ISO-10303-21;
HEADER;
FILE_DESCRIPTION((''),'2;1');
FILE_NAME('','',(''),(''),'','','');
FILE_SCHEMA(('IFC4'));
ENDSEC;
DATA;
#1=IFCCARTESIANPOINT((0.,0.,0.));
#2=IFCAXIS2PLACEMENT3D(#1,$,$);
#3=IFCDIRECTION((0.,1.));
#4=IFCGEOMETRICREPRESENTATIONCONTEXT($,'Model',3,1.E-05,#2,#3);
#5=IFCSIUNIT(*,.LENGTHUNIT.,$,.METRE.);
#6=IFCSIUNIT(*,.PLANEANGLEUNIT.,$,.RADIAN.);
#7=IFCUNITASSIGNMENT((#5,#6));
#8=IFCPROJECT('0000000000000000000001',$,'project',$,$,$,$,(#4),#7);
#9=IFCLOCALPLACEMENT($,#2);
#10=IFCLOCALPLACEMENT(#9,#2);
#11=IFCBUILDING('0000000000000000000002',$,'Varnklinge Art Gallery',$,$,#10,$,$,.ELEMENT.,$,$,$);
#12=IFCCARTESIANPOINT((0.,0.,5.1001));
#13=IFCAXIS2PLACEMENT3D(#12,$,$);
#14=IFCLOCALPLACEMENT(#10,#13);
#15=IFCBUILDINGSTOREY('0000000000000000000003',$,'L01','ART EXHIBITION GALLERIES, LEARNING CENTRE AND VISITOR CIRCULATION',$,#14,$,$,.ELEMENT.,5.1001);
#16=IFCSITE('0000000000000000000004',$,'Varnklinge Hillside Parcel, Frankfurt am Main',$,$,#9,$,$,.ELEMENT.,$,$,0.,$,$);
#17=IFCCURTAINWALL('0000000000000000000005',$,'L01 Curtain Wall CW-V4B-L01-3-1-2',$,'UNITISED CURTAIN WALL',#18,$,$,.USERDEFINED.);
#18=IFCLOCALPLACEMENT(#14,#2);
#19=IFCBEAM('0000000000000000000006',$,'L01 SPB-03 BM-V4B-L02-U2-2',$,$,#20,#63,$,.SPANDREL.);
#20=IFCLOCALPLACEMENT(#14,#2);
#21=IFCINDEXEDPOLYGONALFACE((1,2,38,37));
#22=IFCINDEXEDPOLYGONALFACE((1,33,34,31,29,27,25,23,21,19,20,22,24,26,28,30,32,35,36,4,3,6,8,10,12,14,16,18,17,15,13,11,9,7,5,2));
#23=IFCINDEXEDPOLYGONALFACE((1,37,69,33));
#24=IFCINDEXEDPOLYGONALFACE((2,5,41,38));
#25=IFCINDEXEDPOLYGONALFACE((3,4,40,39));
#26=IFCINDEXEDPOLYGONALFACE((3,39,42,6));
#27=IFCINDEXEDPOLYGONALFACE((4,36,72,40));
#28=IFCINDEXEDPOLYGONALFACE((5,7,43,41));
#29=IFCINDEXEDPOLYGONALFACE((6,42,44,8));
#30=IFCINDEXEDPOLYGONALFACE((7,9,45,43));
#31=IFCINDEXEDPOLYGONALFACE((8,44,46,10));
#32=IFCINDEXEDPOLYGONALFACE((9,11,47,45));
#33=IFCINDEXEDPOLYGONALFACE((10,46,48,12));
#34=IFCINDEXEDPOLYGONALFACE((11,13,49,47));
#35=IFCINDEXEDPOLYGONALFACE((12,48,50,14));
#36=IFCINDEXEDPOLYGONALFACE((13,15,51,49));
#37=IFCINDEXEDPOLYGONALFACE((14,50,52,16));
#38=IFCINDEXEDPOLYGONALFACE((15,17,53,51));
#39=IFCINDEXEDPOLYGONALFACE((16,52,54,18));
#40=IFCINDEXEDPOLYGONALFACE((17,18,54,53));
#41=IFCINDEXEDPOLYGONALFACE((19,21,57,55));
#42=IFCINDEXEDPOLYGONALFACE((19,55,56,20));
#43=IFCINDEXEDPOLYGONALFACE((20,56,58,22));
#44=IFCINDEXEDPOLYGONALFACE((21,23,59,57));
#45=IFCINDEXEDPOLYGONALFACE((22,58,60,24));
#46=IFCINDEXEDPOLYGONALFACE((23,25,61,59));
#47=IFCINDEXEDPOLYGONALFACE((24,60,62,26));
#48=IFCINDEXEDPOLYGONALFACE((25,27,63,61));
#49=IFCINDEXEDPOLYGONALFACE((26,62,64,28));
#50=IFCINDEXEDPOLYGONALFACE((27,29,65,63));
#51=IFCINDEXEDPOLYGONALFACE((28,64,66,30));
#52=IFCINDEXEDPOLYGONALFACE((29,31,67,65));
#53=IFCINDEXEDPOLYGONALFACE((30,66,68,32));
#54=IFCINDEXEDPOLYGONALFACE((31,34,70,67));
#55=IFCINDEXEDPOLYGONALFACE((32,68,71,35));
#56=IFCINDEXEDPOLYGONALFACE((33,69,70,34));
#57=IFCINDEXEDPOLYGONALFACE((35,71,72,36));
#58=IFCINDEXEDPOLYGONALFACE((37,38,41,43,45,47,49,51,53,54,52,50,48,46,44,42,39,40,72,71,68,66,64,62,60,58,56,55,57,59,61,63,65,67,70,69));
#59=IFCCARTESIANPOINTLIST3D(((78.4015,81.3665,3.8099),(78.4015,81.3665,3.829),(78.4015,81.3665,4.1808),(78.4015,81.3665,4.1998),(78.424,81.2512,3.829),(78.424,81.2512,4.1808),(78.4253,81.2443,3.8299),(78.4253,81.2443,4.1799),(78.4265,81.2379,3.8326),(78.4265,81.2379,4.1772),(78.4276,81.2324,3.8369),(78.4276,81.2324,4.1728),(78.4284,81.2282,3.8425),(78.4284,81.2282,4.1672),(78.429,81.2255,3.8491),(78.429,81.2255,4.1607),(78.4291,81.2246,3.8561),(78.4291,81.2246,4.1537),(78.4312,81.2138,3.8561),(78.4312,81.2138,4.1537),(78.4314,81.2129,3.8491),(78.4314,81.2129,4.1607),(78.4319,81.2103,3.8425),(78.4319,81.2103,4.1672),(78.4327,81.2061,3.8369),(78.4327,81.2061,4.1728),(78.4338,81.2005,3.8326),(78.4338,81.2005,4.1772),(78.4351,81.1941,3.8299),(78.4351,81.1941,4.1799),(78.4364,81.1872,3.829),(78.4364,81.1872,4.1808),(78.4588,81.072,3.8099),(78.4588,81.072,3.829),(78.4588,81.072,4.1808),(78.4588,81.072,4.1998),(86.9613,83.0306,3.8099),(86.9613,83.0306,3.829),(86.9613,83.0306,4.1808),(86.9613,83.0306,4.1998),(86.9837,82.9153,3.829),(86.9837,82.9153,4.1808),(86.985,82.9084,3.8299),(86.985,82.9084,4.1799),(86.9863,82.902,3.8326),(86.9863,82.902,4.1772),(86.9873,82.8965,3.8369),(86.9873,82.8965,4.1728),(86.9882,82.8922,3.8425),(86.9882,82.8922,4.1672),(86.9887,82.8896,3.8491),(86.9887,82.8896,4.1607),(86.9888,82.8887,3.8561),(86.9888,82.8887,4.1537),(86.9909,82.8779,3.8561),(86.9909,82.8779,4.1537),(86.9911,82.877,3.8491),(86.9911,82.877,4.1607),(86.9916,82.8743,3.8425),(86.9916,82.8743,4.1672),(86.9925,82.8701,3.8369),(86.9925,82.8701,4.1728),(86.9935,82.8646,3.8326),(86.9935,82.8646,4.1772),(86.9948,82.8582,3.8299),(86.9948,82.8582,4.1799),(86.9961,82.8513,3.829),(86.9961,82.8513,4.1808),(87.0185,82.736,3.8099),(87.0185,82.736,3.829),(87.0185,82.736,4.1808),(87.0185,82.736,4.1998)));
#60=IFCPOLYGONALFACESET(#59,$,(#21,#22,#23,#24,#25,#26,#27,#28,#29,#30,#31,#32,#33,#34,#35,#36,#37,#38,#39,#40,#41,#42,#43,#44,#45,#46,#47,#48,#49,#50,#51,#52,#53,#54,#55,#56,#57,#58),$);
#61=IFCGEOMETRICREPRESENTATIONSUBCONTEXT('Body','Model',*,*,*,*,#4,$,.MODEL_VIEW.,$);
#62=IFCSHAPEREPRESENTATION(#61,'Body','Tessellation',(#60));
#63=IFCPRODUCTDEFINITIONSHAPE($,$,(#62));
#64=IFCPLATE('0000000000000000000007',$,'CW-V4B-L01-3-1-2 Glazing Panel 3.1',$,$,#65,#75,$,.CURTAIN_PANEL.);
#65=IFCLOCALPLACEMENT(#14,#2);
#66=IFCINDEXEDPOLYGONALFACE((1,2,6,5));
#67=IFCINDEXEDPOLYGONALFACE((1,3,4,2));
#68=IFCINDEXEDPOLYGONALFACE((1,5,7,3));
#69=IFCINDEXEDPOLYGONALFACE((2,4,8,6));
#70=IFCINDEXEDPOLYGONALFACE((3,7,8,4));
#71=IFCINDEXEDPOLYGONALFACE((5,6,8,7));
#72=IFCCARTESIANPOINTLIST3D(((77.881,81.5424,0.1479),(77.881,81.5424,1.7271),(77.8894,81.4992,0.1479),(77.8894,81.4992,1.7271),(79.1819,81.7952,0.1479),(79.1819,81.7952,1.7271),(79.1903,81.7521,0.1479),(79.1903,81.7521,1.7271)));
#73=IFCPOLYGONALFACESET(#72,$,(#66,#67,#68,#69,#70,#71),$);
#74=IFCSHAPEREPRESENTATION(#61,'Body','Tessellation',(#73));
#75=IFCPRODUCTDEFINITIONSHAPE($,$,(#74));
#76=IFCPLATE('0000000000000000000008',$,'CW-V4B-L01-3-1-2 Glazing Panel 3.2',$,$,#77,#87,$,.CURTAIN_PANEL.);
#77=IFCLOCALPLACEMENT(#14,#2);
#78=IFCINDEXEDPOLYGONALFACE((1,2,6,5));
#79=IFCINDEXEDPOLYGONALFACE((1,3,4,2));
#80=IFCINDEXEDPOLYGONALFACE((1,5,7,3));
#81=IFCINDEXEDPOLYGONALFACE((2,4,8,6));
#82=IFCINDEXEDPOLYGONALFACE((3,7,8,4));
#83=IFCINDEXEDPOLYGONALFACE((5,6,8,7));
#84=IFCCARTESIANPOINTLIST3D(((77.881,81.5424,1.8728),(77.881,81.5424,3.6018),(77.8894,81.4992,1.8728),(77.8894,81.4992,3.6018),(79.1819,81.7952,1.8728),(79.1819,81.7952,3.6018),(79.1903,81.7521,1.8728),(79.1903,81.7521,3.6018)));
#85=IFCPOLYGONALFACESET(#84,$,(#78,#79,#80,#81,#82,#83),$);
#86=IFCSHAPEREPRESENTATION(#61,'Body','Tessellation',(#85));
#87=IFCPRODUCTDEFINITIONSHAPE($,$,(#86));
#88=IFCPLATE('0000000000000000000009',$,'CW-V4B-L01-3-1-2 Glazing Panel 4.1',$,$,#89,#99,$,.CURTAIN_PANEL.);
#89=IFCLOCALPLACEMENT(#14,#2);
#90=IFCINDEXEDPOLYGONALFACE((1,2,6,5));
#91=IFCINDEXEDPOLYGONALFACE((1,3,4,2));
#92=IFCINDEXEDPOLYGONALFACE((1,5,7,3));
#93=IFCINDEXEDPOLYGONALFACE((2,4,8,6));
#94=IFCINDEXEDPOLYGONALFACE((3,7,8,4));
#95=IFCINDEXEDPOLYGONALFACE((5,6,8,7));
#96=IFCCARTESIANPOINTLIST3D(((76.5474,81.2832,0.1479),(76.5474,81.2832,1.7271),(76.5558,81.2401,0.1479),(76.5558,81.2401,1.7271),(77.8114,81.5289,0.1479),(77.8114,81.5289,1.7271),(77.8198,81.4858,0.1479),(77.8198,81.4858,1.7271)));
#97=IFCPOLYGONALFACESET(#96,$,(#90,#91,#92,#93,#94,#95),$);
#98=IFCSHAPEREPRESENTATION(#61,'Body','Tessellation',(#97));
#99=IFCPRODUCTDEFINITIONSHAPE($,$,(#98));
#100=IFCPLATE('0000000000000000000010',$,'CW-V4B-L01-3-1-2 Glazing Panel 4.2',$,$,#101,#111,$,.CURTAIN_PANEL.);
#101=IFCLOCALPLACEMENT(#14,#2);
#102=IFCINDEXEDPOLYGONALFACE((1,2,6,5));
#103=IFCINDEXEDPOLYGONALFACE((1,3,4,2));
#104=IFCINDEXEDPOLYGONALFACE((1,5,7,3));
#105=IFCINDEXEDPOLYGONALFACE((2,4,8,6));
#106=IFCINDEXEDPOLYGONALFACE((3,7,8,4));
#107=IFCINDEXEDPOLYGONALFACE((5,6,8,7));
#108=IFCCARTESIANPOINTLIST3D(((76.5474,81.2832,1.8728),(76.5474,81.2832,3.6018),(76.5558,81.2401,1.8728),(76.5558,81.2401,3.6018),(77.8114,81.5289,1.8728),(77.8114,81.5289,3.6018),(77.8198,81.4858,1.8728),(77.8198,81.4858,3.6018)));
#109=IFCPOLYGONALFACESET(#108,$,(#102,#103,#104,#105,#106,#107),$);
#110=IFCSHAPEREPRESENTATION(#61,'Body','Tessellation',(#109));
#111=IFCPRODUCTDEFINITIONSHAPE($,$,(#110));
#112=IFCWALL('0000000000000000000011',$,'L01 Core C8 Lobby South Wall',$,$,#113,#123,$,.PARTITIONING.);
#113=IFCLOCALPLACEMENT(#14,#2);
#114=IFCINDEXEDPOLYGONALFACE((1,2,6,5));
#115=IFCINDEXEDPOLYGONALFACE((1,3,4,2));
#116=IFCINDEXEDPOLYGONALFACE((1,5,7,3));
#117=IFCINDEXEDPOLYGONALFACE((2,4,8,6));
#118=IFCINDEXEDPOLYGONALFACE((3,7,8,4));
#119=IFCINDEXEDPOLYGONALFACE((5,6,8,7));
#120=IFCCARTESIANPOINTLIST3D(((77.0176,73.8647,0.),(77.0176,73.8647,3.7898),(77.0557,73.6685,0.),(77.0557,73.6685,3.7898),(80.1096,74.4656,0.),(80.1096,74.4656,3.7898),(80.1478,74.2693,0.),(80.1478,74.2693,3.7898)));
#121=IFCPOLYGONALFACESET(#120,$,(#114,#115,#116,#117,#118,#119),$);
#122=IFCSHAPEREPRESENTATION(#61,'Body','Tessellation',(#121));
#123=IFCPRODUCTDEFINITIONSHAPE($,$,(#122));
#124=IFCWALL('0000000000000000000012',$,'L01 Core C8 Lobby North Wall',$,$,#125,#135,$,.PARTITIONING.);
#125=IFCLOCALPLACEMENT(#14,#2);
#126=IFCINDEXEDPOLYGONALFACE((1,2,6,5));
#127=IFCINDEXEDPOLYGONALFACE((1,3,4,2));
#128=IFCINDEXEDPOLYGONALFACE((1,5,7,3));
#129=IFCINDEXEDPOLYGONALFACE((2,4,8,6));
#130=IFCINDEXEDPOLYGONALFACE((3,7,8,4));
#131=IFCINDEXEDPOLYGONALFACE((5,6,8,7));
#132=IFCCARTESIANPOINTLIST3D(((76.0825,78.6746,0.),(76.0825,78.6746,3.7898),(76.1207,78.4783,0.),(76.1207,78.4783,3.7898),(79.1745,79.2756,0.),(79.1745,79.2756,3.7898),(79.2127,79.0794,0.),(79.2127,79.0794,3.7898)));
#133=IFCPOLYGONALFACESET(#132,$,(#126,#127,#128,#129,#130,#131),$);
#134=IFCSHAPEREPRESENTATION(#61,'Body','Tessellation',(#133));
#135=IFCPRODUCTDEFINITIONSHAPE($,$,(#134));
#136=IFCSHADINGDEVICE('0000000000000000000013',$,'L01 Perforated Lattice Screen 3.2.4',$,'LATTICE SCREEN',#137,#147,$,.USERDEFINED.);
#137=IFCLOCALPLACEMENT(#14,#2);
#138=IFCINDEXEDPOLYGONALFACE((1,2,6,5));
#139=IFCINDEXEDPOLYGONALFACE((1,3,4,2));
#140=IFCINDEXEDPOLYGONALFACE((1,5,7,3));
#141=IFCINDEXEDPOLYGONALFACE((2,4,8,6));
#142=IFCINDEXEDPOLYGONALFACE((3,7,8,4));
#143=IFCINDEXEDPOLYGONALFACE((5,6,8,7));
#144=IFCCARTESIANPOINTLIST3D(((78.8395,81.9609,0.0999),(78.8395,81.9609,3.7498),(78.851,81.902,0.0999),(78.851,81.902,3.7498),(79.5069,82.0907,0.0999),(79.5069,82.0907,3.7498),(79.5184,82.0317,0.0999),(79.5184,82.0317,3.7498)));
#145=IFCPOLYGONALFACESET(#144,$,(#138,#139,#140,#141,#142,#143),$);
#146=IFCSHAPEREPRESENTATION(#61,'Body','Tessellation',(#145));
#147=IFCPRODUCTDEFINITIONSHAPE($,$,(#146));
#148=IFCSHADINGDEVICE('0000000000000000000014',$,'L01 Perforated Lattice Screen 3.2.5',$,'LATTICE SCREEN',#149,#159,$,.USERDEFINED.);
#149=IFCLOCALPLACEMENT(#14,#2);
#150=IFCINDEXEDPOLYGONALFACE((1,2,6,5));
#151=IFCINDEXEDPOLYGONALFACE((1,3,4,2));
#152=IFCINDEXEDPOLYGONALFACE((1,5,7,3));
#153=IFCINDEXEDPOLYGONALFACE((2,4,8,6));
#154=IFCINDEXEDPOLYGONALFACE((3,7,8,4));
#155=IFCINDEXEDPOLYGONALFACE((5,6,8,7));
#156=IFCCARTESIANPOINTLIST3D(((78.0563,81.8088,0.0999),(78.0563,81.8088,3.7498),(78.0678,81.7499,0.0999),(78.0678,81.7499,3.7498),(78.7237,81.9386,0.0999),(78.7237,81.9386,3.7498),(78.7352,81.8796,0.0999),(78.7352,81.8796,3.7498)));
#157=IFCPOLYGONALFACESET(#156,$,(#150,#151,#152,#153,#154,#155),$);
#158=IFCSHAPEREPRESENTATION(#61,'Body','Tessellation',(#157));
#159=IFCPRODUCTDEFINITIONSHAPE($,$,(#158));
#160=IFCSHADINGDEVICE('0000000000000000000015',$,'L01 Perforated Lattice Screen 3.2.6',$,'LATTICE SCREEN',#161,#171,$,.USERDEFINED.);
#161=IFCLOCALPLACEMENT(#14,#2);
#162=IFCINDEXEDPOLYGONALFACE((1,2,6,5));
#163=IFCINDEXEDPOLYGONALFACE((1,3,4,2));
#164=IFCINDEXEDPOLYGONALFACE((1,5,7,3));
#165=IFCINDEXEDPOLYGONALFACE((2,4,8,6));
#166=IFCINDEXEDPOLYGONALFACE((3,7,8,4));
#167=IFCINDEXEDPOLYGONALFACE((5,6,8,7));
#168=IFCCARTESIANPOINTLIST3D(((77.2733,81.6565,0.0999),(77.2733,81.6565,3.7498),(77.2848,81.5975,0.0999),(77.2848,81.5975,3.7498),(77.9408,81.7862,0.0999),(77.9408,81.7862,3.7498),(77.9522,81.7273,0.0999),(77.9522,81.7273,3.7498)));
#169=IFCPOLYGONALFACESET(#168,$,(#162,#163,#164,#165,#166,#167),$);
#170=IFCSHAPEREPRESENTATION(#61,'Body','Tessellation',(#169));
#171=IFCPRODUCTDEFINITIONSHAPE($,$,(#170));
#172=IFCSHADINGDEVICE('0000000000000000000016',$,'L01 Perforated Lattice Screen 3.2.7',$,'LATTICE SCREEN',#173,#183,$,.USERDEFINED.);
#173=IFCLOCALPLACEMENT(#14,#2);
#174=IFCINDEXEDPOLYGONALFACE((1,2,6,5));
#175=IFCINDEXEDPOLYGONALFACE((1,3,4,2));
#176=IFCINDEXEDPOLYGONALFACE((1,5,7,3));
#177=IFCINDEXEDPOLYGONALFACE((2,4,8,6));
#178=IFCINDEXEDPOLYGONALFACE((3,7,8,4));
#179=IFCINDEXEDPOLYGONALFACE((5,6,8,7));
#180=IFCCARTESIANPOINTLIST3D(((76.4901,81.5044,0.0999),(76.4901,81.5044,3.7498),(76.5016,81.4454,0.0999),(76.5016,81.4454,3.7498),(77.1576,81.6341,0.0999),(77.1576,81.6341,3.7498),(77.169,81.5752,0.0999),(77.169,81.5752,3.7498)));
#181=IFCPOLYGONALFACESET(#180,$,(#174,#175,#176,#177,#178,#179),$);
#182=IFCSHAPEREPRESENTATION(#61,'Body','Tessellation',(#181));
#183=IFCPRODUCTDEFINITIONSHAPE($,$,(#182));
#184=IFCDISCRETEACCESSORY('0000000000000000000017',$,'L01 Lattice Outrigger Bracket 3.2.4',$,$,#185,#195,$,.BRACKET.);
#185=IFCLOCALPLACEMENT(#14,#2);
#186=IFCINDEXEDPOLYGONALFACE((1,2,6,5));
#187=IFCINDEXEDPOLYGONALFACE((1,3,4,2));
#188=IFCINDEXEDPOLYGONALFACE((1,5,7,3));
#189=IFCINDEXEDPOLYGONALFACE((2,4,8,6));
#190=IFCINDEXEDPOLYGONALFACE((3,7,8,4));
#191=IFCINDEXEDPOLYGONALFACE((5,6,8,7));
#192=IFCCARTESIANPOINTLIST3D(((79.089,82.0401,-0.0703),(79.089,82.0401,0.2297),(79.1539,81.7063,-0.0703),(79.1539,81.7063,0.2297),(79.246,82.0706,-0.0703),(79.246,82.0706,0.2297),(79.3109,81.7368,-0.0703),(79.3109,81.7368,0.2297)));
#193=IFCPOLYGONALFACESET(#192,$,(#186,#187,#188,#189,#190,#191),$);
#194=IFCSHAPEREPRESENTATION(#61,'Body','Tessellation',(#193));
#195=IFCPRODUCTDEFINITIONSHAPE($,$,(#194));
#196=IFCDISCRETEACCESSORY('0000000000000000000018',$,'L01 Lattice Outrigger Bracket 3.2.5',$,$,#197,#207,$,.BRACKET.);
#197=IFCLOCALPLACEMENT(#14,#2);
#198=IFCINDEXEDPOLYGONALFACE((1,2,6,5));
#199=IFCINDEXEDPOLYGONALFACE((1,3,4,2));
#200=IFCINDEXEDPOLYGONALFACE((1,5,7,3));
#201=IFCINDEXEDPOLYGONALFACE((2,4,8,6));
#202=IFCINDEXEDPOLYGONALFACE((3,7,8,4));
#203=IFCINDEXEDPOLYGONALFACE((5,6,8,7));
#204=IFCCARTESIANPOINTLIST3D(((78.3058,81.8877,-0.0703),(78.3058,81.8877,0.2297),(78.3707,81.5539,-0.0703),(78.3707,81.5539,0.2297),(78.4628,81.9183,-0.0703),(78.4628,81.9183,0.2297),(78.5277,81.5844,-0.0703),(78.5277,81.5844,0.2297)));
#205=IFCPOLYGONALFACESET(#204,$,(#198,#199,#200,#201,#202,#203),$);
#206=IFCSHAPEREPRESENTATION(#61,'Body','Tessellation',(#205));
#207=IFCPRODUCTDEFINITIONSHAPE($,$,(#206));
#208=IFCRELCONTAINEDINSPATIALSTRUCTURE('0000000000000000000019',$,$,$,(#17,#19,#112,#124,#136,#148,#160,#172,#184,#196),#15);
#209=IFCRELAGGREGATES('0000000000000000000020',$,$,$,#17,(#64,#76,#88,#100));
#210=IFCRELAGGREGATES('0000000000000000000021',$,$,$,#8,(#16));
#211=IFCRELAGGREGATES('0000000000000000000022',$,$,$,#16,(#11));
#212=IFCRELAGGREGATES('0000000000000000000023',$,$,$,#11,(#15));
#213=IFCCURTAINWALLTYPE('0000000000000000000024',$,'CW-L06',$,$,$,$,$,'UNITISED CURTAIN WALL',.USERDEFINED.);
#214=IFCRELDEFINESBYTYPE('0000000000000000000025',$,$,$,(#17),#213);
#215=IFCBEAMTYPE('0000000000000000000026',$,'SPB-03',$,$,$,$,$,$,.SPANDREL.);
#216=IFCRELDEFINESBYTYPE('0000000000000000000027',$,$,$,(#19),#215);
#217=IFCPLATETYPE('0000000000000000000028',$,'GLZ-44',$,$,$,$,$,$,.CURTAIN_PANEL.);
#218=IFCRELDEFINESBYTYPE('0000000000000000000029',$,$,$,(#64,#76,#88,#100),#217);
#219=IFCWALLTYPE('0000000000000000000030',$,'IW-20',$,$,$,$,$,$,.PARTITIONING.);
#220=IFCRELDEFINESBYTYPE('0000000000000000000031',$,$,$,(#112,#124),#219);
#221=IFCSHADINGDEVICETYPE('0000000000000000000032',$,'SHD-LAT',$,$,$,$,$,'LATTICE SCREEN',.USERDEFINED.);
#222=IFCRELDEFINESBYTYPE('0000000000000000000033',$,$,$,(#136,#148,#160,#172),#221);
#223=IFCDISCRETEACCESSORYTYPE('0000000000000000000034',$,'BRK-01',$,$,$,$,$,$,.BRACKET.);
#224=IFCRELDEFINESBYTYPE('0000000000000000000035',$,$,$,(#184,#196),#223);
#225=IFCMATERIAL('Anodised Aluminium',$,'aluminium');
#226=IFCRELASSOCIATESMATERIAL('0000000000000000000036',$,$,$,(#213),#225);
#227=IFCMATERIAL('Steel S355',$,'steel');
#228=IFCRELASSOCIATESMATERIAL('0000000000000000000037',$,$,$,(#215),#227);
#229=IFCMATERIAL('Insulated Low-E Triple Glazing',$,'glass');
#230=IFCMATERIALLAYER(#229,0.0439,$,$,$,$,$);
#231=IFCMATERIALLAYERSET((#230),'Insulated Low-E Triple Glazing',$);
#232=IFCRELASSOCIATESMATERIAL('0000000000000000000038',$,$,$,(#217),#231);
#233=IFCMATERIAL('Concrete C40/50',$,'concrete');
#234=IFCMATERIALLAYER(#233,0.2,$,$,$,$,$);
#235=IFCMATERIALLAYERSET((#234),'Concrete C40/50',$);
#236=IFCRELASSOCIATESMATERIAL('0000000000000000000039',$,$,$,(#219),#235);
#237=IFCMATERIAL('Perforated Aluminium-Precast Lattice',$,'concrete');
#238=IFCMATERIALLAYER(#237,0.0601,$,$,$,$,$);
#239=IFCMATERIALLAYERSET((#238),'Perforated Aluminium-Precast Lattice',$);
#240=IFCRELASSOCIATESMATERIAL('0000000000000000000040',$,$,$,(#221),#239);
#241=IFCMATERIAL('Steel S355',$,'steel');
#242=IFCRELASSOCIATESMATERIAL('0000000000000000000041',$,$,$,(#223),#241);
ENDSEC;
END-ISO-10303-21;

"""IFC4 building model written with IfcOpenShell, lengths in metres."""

from ifc_helpers import new_model, si_unit, direction, frame, frame_2d, origin, origin_2d, place, context, subcontext, project, spatial, rectangle, i_section, extrude, material, layer, layer_set, material_profile, profile_set, type_object, element, aggregate, save


model = new_model("IFC4")

# Units and contexts
model_context = context("Model", 3, precision=1e-05, world=origin(), true_north=direction((0.0, 1.0)))
body_context = subcontext(model_context, "Body", "Model", "MODEL_VIEW")
ifc_project = project(units=[si_unit("LENGTHUNIT", "METRE"), si_unit("PLANEANGLEUNIT", "RADIAN")], contexts=[model_context])

# Site, building, storey
site_placement = place(None, origin())
site = spatial("IfcSite", under=ifc_project, at=site_placement, Name="Varnklinge Hillside Parcel, Frankfurt am Main", CompositionType="ELEMENT", RefElevation=0.0)
building_placement = place(site_placement, origin())
building = spatial("IfcBuilding", under=site, at=building_placement, Name="Varnklinge Art Gallery", CompositionType="ELEMENT")
storey_placement = place(building_placement, frame((0.0, 0.0, 5.1001)))
storey = spatial("IfcBuildingStorey", under=building, at=storey_placement, Name="L01", Description="ART EXHIBITION GALLERIES, LEARNING CENTRE AND VISITOR CIRCULATION", CompositionType="ELEMENT", Elevation=5.1001)

# Curtain wall
ifc_material_1 = material(Name="Anodised Aluminium", Category="aluminium")
curtain_wall_type = type_object("IfcCurtainWallType", Name="CW-L06", ElementType="UNITISED CURTAIN WALL", PredefinedType="USERDEFINED", material=ifc_material_1)
curtain_wall_placement = place(storey_placement, origin())
curtain_wall = element("IfcCurtainWall", 1, at=curtain_wall_placement, inside=storey, type_object=curtain_wall_type, Name="L01 Curtain Wall CW-V4B-L01-3-1-2", ObjectType="UNITISED CURTAIN WALL", PredefinedType="USERDEFINED")

# Beam
ifc_material_2 = material(Name="Steel S355", Category="steel")
ifc_material_profile_1 = material_profile(ifc_material_2, i_section(OverallWidth=0.3, OverallDepth=0.3899, WebThickness=0.011, FlangeThickness=0.019, FilletRadius=0.0271, at=origin_2d()), Name="HEA 400")
ifc_profile_set_1 = profile_set([ifc_material_profile_1], Name="Steel S355")
beam_type_1 = type_object("IfcBeamType", Name="SPB-03", PredefinedType="SPANDREL", material=ifc_profile_set_1)
beam_1_placement = place(storey_placement, frame((78.4302, 81.2192, 4.0049), z_axis=(0.981623, 0.190831, 0.0), x_axis=(-0.190831, 0.981623, 0.0)))
element("IfcBeam", 2, at=beam_1_placement, inside=storey, type_object=beam_type_1, Name="L01 SPB-03 BM-V4B-L02-U2-2", PredefinedType="SPANDREL", context=body_context, shape_type="SweptSolid", body=[
    extrude(i_section(OverallWidth=0.3, OverallDepth=0.3899, WebThickness=0.011, FlangeThickness=0.019, FilletRadius=0.0271, at=origin_2d()), origin(), (0.0, 0.0, 1.0), 8.72),
])

# Plates
ifc_material_3 = material(Name="Insulated Low-E Triple Glazing", Category="glass")
ifc_layer_1 = layer(ifc_material_3, 0.0439)
ifc_layer_set_1 = layer_set([ifc_layer_1], Name="Insulated Low-E Triple Glazing")
plate_type = type_object("IfcPlateType", Name="GLZ-44", PredefinedType="CURTAIN_PANEL", material=ifc_layer_set_1)
plate_1_placement = place(storey_placement, frame((78.5356, 81.6472, 0.1479), z_axis=(0.0, 0.0, 1.0), x_axis=(-0.981627, -0.190809, 0.0)))
plate_1 = element("IfcPlate", 3, at=plate_1_placement, type_object=plate_type, Name="CW-V4B-L01-3-1-2 Glazing Panel 3.1", PredefinedType="CURTAIN_PANEL", context=body_context, shape_type="SweptSolid", body=[
    extrude(rectangle(XDim=1.3252, YDim=0.0439, at=origin_2d()), origin(), (0.0, 0.0, 1.0), 1.5791),
])
plate_2_placement = place(storey_placement, frame((78.5356, 81.6472, 1.8728), z_axis=(0.0, 0.0, 1.0), x_axis=(-0.981627, -0.190809, 0.0)))
plate_2 = element("IfcPlate", 4, at=plate_2_placement, type_object=plate_type, Name="CW-V4B-L01-3-1-2 Glazing Panel 3.2", PredefinedType="CURTAIN_PANEL", context=body_context, shape_type="SweptSolid", body=[
    extrude(rectangle(XDim=1.3252, YDim=0.0439, at=origin_2d()), origin(), (0.0, 0.0, 1.0), 1.729),
])
plate_3_placement = place(storey_placement, frame((77.1836, 81.3845, 0.1479), z_axis=(0.0, 0.0, 1.0), x_axis=(-0.981627, -0.190809, 0.0)))
plate_3 = element("IfcPlate", 5, at=plate_3_placement, type_object=plate_type, Name="CW-V4B-L01-3-1-2 Glazing Panel 4.1", PredefinedType="CURTAIN_PANEL", context=body_context, shape_type="SweptSolid", body=[
    extrude(rectangle(XDim=1.2876, YDim=0.0439, at=origin_2d()), origin(), (0.0, 0.0, 1.0), 1.5791),
])
plate_4_placement = place(storey_placement, frame((77.1836, 81.3845, 1.8728), z_axis=(0.0, 0.0, 1.0), x_axis=(-0.981627, -0.190809, 0.0)))
plate_4 = element("IfcPlate", 6, at=plate_4_placement, type_object=plate_type, Name="CW-V4B-L01-3-1-2 Glazing Panel 4.2", PredefinedType="CURTAIN_PANEL", context=body_context, shape_type="SweptSolid", body=[
    extrude(rectangle(XDim=1.2876, YDim=0.0439, at=origin_2d()), origin(), (0.0, 0.0, 1.0), 1.729),
])
aggregate(curtain_wall, [plate_1, plate_2, plate_3, plate_4])

# Walls
ifc_material_4 = material(Name="Concrete C40/50", Category="concrete")
ifc_layer_2 = layer(ifc_material_4, 0.2)
ifc_layer_set_2 = layer_set([ifc_layer_2], Name="Concrete C40/50")
wall_type_1 = type_object("IfcWallType", Name="IW-20", PredefinedType="PARTITIONING", material=ifc_layer_set_2)
for number, where, z_axis, x_axis, name in (
    (7, (77.0366, 73.7666, 0.0), (0.0, 0.0, 1.0), (0.981639, 0.190747, 0.0), "L01 Core C8 Lobby South Wall"),
    (8, (79.1936, 79.1775, 0.0), (0.0, 0.0, 1.0), (-0.981625, -0.190822, 0.0), "L01 Core C8 Lobby North Wall"),
):
    element("IfcWall", number, at=place(storey_placement, frame(where, z_axis=z_axis, x_axis=x_axis)), inside=storey, type_object=wall_type_1, Name=name, PredefinedType="PARTITIONING", context=body_context, shape_type="SweptSolid", body=[
        extrude(rectangle(XDim=3.1499, YDim=0.2, at=frame_2d((1.575, 0.0))), origin(), (0.0, 0.0, 1.0), 3.7898),
    ])

# Shading devices
ifc_material_5 = material(Name="Perforated Aluminium-Precast Lattice", Category="concrete")
ifc_layer_3 = layer(ifc_material_5, 0.0601)
ifc_layer_set_3 = layer_set([ifc_layer_3], Name="Perforated Aluminium-Precast Lattice")
shading_device_type = type_object("IfcShadingDeviceType", Name="SHD-LAT", ElementType="LATTICE SCREEN", PredefinedType="USERDEFINED", material=ifc_layer_set_3)
for number, where, z_axis, x_axis, name in (
    (9, (79.179, 81.9963, 0.0999), (0.0, 0.0, 1.0), (-0.981627, -0.190809, 0.0), "L01 Perforated Lattice Screen 3.2.4"),
    (10, (78.3958, 81.8442, 0.0999), (0.0, 0.0, 1.0), (-0.981627, -0.190809, 0.0), "L01 Perforated Lattice Screen 3.2.5"),
    (11, (77.6128, 81.6919, 0.0999), (0.0, 0.0, 1.0), (-0.981627, -0.190809, 0.0), "L01 Perforated Lattice Screen 3.2.6"),
    (12, (76.8296, 81.5398, 0.0999), (0.0, 0.0, 1.0), (-0.981627, -0.190809, 0.0), "L01 Perforated Lattice Screen 3.2.7"),
):
    element("IfcShadingDevice", number, at=place(storey_placement, frame(where, z_axis=z_axis, x_axis=x_axis)), inside=storey, type_object=shading_device_type, Name=name, ObjectType="LATTICE SCREEN", PredefinedType="USERDEFINED", context=body_context, shape_type="SweptSolid", body=[
        extrude(rectangle(XDim=0.6799, YDim=0.0601, at=origin_2d()), origin(), (0.0, 0.0, 1.0), 3.6499),
    ])

# Discrete accessories
ifc_material_6 = material(Name="Steel S355", Category="steel")
discrete_accessory_type = type_object("IfcDiscreteAccessoryType", Name="BRK-01", PredefinedType="BRACKET", material=ifc_material_6)
for number, where, z_axis, x_axis, name in (
    (13, (79.2, 81.8884, -0.0703), (0.0, 0.0, 1.0), (-0.981627, -0.190809, 0.0), "L01 Lattice Outrigger Bracket 3.2.4"),
    (14, (78.4167, 81.7361, -0.0703), (0.0, 0.0, 1.0), (-0.981627, -0.190809, 0.0), "L01 Lattice Outrigger Bracket 3.2.5"),
):
    element("IfcDiscreteAccessory", number, at=place(storey_placement, frame(where, z_axis=z_axis, x_axis=x_axis)), inside=storey, type_object=discrete_accessory_type, Name=name, PredefinedType="BRACKET", context=body_context, shape_type="SweptSolid", body=[
        extrude(rectangle(XDim=0.1599, YDim=0.3401, at=origin_2d()), origin(), (0.0, 0.0, 1.0), 0.3),
    ])

save(model, "model.ifc")
